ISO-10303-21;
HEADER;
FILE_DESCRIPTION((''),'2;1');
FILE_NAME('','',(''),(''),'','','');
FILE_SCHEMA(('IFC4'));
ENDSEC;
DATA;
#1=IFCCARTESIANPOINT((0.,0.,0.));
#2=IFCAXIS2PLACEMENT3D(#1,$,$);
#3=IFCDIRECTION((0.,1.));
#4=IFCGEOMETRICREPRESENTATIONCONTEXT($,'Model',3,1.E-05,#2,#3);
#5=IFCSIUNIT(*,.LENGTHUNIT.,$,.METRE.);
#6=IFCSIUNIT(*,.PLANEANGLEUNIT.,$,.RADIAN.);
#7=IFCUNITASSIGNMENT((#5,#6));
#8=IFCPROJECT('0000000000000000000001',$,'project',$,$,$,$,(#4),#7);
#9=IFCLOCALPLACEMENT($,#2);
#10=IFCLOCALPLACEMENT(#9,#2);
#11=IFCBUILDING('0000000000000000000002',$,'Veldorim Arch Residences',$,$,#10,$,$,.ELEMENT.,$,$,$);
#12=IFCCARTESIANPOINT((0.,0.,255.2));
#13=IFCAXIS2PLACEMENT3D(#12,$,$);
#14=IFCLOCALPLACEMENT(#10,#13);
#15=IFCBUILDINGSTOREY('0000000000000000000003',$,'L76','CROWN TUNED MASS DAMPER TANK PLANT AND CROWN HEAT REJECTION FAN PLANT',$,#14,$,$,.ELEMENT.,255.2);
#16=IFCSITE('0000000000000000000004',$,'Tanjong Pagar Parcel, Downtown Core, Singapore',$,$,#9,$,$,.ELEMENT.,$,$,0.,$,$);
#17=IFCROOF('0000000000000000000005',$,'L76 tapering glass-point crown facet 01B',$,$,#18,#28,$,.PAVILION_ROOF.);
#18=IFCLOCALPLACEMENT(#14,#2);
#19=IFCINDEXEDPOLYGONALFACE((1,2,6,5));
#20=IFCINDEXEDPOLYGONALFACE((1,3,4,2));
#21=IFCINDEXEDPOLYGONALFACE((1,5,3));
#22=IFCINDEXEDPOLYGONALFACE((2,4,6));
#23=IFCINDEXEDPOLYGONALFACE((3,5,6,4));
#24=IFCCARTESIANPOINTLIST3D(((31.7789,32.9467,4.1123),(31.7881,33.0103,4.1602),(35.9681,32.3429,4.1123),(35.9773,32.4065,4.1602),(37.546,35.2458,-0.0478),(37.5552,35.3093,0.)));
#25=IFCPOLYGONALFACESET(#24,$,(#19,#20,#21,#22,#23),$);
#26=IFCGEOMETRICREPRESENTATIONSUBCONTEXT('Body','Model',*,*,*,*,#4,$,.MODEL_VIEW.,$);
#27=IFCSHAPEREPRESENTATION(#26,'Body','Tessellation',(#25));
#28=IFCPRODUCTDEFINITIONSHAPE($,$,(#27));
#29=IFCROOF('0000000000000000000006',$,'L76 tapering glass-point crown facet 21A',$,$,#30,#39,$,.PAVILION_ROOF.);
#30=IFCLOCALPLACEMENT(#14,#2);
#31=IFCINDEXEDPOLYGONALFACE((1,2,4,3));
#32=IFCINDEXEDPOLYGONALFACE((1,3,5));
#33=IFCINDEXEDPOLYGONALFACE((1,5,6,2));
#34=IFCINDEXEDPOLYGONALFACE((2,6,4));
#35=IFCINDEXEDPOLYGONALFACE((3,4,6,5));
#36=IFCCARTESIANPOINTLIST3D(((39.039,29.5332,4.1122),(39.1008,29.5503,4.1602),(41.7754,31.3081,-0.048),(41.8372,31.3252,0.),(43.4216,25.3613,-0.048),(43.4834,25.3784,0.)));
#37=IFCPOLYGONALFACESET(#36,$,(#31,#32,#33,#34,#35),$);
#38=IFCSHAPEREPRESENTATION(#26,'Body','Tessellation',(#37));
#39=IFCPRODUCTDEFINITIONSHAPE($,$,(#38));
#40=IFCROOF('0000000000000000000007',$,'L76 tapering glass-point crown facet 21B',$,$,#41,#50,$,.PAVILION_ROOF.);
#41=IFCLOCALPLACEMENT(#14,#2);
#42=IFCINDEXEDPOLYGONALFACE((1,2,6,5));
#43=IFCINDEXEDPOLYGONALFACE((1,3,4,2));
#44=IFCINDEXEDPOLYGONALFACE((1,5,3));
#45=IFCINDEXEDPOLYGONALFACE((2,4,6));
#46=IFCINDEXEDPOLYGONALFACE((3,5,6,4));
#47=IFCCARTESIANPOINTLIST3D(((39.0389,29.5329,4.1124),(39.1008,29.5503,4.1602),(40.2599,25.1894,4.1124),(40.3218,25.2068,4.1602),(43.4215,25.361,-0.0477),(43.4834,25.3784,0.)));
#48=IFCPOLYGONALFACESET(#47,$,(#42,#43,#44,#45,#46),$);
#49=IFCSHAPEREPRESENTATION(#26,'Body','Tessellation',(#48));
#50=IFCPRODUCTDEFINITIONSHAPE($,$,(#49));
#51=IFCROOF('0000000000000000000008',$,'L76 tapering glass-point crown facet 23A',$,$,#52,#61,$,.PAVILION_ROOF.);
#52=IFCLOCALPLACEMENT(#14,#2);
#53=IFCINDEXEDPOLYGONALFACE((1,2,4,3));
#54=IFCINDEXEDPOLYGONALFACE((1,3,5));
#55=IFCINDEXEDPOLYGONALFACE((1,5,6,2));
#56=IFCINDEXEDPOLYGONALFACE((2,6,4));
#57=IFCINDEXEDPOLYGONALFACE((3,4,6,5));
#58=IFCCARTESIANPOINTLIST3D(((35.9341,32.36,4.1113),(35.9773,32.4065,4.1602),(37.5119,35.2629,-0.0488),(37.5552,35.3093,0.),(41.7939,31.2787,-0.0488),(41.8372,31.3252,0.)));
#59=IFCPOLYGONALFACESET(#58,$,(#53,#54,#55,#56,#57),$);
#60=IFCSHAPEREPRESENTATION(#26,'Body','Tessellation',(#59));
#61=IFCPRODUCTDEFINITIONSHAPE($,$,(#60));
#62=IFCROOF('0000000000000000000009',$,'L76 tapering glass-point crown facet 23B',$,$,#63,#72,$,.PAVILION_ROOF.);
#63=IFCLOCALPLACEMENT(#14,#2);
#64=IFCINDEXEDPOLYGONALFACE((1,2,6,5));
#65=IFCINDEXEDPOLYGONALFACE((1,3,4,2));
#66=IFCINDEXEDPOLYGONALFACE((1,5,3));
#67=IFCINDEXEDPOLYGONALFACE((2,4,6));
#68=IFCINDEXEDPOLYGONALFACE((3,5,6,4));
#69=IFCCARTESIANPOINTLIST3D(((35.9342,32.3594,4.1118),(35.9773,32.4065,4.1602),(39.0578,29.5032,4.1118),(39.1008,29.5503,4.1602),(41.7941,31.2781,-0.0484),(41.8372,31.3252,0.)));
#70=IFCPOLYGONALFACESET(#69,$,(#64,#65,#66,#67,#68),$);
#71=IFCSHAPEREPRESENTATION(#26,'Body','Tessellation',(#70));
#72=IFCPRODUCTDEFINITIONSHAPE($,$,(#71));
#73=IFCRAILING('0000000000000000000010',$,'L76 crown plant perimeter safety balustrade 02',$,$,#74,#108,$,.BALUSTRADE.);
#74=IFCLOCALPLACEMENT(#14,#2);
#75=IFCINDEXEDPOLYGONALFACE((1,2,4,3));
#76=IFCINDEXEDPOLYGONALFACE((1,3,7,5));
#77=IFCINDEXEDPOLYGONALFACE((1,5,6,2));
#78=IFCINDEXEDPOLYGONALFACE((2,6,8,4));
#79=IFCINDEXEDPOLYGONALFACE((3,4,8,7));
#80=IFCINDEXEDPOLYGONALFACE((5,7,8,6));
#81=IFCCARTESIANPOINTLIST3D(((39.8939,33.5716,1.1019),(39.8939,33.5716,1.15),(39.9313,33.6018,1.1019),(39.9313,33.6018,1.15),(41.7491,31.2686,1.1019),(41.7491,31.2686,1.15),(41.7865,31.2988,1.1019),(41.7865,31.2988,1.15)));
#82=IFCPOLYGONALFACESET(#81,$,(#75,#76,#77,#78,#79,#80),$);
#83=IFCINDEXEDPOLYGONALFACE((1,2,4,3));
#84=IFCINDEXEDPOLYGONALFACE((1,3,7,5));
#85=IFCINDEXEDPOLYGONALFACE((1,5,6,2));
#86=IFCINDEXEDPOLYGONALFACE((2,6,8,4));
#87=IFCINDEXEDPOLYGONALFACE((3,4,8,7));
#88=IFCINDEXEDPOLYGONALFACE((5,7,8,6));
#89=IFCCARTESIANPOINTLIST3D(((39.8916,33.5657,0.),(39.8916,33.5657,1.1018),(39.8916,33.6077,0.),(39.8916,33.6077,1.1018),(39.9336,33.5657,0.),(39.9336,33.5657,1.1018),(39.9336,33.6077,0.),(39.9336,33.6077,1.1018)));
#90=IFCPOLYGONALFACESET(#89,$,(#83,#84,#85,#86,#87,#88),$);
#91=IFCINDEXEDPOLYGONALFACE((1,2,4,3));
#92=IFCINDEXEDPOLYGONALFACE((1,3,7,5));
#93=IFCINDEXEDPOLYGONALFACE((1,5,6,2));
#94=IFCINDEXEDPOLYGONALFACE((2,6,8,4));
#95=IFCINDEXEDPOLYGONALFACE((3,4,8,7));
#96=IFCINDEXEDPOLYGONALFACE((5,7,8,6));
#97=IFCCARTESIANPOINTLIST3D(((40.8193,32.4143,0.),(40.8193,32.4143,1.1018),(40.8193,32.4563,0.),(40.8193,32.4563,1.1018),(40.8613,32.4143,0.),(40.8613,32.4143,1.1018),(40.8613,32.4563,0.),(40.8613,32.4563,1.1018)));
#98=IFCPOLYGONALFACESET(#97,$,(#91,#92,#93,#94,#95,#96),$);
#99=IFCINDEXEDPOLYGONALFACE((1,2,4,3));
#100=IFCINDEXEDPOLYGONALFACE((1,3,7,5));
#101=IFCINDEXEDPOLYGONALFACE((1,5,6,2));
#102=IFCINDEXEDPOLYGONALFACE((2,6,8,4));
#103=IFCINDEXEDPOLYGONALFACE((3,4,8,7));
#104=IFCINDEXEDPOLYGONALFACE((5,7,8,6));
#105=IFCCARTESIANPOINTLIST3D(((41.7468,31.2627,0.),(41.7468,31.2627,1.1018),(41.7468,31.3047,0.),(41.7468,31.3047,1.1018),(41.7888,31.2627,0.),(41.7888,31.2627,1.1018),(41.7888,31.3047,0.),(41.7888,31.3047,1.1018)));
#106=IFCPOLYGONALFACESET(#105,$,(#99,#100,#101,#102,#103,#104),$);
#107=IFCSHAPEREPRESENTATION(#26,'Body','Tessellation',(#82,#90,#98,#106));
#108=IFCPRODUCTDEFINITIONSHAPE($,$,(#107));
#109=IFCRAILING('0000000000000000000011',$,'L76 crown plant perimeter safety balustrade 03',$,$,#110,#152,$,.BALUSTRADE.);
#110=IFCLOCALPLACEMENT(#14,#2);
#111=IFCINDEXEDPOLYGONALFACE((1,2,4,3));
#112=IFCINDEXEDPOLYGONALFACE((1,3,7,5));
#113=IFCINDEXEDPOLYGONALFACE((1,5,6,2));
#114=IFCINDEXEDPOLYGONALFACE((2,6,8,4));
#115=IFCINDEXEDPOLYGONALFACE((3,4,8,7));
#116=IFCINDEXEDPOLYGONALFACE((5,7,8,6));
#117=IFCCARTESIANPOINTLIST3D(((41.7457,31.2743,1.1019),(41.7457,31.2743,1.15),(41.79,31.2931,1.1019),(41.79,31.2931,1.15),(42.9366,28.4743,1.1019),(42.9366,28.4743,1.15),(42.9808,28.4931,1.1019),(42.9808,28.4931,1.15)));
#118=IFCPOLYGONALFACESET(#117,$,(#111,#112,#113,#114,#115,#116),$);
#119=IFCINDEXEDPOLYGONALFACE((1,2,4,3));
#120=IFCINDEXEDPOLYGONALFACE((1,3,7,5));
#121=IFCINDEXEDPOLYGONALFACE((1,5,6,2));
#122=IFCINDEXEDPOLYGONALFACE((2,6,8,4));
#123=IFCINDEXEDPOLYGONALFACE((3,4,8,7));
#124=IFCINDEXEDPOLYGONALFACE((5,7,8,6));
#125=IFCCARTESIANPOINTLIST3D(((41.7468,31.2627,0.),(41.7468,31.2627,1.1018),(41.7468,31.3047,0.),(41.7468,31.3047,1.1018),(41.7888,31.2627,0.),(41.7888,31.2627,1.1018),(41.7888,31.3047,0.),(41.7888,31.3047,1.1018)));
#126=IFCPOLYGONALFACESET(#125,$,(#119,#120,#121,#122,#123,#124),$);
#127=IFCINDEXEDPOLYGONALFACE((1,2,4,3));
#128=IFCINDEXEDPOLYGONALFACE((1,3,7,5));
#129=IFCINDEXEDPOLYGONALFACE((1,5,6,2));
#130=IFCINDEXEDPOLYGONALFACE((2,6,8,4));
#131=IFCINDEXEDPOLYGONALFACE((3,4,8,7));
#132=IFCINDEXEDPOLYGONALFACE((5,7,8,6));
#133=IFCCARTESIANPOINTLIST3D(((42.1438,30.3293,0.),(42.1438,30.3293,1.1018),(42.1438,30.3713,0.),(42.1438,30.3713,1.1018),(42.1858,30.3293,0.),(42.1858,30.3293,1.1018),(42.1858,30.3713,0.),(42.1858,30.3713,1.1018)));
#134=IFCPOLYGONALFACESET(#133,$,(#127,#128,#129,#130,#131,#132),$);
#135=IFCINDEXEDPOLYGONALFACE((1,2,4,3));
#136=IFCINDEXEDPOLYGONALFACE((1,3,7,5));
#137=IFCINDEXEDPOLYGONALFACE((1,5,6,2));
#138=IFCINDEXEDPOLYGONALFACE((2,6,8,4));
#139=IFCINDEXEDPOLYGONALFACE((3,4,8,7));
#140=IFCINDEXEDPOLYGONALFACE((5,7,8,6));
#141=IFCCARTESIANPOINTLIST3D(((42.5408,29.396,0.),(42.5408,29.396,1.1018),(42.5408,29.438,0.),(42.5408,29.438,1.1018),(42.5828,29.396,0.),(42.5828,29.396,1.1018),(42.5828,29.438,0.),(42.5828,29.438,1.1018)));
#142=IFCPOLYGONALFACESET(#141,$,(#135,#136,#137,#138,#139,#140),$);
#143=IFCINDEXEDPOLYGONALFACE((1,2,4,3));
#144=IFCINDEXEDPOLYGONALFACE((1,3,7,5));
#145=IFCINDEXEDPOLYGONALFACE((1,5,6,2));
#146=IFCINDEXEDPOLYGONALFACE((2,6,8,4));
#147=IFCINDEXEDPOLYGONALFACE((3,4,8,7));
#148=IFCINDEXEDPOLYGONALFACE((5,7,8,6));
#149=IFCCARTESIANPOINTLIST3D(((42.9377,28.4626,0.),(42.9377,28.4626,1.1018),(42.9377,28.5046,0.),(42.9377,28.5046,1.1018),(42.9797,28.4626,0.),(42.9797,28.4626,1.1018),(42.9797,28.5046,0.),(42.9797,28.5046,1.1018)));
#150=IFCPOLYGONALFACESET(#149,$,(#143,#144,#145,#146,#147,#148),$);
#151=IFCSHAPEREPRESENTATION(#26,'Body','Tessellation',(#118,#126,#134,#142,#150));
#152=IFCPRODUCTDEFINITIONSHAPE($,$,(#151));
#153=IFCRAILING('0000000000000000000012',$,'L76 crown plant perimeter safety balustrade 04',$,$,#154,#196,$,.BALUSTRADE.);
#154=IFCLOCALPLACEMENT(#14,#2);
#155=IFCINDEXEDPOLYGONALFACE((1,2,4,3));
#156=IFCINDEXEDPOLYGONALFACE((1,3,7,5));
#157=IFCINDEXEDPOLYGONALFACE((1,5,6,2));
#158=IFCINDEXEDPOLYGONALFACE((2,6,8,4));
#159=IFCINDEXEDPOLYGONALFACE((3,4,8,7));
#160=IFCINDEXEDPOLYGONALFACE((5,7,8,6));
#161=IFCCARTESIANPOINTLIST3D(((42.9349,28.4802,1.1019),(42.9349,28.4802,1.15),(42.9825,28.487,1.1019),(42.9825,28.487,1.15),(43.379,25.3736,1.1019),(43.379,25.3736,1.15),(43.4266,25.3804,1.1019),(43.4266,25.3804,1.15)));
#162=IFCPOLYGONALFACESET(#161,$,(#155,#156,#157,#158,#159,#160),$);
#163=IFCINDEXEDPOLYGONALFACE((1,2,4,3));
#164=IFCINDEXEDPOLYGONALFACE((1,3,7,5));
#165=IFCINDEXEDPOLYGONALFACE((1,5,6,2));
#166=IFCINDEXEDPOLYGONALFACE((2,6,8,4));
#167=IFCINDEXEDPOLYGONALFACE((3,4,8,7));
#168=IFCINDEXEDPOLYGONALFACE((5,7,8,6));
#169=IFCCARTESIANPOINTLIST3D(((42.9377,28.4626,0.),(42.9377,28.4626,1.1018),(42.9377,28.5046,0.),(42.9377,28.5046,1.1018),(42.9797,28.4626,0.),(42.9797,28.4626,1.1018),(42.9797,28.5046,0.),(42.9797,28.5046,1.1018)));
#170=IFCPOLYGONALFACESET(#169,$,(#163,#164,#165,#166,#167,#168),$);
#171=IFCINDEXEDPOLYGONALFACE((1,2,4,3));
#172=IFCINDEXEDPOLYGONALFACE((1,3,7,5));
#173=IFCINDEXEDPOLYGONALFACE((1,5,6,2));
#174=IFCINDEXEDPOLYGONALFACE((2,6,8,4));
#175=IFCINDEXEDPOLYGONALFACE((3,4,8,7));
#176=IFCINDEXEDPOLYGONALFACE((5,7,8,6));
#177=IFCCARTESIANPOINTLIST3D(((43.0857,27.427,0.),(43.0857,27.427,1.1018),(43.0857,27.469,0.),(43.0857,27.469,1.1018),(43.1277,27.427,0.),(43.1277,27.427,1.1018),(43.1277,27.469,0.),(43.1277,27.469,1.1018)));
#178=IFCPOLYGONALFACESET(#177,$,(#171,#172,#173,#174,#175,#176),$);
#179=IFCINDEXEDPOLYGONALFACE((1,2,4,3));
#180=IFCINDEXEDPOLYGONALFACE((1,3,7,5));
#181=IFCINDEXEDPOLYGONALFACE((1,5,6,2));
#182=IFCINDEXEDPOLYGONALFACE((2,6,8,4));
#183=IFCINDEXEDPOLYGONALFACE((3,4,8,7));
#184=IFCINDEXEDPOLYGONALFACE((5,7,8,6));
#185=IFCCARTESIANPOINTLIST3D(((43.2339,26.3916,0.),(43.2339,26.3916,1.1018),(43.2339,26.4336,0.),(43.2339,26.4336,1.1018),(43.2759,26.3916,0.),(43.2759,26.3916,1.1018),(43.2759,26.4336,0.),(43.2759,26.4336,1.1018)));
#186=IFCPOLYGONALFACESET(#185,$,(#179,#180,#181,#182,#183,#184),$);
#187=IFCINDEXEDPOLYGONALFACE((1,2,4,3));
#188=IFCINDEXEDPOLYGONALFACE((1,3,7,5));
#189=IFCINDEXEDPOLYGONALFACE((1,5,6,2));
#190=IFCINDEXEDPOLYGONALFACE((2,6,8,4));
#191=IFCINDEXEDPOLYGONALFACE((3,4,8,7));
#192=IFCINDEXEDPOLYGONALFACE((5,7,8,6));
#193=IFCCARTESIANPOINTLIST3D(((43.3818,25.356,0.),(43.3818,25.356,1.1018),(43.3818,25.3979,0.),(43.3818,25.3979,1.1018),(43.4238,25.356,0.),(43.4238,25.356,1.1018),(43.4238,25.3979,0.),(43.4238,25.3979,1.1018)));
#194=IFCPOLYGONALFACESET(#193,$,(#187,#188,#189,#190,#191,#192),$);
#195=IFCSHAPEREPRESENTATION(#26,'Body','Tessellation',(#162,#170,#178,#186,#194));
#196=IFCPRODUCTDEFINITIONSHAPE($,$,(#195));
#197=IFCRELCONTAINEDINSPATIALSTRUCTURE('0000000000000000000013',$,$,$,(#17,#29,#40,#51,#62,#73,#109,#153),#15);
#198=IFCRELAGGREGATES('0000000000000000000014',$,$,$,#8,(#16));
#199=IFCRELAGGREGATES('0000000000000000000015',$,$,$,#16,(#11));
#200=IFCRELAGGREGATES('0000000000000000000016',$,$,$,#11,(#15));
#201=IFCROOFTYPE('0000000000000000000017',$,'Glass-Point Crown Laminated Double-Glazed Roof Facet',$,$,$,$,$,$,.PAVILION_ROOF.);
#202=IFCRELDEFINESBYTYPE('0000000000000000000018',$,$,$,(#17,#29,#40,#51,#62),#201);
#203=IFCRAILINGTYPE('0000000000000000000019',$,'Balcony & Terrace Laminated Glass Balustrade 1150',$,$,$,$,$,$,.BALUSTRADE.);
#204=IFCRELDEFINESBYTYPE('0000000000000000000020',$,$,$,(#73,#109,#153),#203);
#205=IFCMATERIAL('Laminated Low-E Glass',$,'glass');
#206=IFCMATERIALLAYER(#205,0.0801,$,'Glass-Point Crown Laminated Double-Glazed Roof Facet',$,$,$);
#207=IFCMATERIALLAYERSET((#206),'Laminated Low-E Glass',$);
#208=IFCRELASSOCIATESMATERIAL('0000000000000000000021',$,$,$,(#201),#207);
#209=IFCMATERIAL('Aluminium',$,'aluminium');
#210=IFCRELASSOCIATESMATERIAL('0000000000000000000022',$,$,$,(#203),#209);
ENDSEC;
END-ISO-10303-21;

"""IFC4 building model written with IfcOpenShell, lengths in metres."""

from ifc_helpers import new_model, si_unit, direction, frame, origin, origin_2d, place, context, subcontext, project, spatial, polyline, rectangle, outline, extrude, material, layer, layer_set, type_object, element, save


model = new_model("IFC4")

# Units and contexts
model_context = context("Model", 3, precision=1e-05, world=origin(), true_north=direction((0.0, 1.0)))
body_context = subcontext(model_context, "Body", "Model", "MODEL_VIEW")
ifc_project = project(units=[si_unit("LENGTHUNIT", "METRE"), si_unit("PLANEANGLEUNIT", "RADIAN")], contexts=[model_context])

# Site, building, storey
site_placement = place(None, origin())
site = spatial("IfcSite", under=ifc_project, at=site_placement, Name="Tanjong Pagar Parcel, Downtown Core, Singapore", CompositionType="ELEMENT", RefElevation=0.0)
building_placement = place(site_placement, origin())
building = spatial("IfcBuilding", under=site, at=building_placement, Name="Veldorim Arch Residences", CompositionType="ELEMENT")
storey_placement = place(building_placement, frame((0.0, 0.0, 255.2)))
storey = spatial("IfcBuildingStorey", under=building, at=storey_placement, Name="L76", Description="CROWN TUNED MASS DAMPER TANK PLANT AND CROWN HEAT REJECTION FAN PLANT", CompositionType="ELEMENT", Elevation=255.2)

# Roofs
ifc_material_1 = material(Name="Laminated Low-E Glass", Category="glass")
ifc_layer_1 = layer(ifc_material_1, 0.0801, Name="Glass-Point Crown Laminated Double-Glazed Roof Facet")
ifc_layer_set_1 = layer_set([ifc_layer_1], Name="Laminated Low-E Glass")
roof_type = type_object("IfcRoofType", Name="Glass-Point Crown Laminated Double-Glazed Roof Facet", PredefinedType="PAVILION_ROOF", material=ifc_layer_set_1)
roof_1_placement = place(storey_placement, frame((37.5552, 35.3093, 0.0), z_axis=(0.114407, 0.793819, 0.597296), x_axis=(-0.77168, -0.307633, 0.556661)))
element("IfcRoof", 1, at=roof_1_placement, inside=storey, type_object=roof_type, Name="L76 tapering glass-point crown facet 01B", PredefinedType="PAVILION_ROOF", context=body_context, shape_type="SweptSolid", body=[
    extrude(outline(polyline([(0.0, 0.0), (7.4734, 0.0), (4.4264, 2.9377), (0.0, 0.0)])), origin(), (0.0, 0.0, -1.0), 0.0801),
])
roof_2_placement = place(storey_placement, frame((43.4834, 25.3784, 0.0), z_axis=(0.771842, 0.213668, 0.598837), x_axis=(-0.266795, 0.963753, 0.0)))
element("IfcRoof", 2, at=roof_2_placement, inside=storey, type_object=roof_type, Name="L76 tapering glass-point crown facet 21A", PredefinedType="PAVILION_ROOF", context=body_context, shape_type="SweptSolid", body=[
    extrude(outline(polyline([(0.0, 0.0), (6.1704, 0.0), (5.1899, 5.1945), (0.0, 0.0)])), origin(), (0.0, 0.0, -1.0), 0.0801),
])
roof_3_placement = place(storey_placement, frame((43.4834, 25.3784, 0.0), z_axis=(0.772819, 0.217237, 0.596287), x_axis=(-0.596843, 0.56815, 0.566554)))
element("IfcRoof", 3, at=roof_3_placement, inside=storey, type_object=roof_type, Name="L76 tapering glass-point crown facet 21B", PredefinedType="PAVILION_ROOF", context=body_context, shape_type="SweptSolid", body=[
    extrude(outline(polyline([(0.0, 0.0), (7.3429, 0.0), (4.1464, 3.1842), (0.0, 0.0)])), origin(), (0.0, 0.0, -1.0), 0.0801),
])
roof_4_placement = place(storey_placement, frame((41.8372, 31.3252, 0.0), z_axis=(0.53993, 0.580295, 0.609699), x_axis=(-0.732111, 0.681186, 0.0)))
element("IfcRoof", 4, at=roof_4_placement, inside=storey, type_object=roof_type, Name="L76 tapering glass-point crown facet 23A", PredefinedType="PAVILION_ROOF", context=body_context, shape_type="SweptSolid", body=[
    extrude(outline(polyline([(0.0, 0.0), (5.8488, 0.0), (5.0266, 5.2485), (0.0, 0.0)])), origin(), (0.0, 0.0, -1.0), 0.0801),
])
roof_5_placement = place(storey_placement, frame((41.8372, 31.3252, 0.0), z_axis=(0.537599, 0.587917, 0.604435), x_axis=(-0.806329, 0.148789, 0.572446)))
element("IfcRoof", 5, at=roof_5_placement, inside=storey, type_object=roof_type, Name="L76 tapering glass-point crown facet 23B", PredefinedType="PAVILION_ROOF", context=body_context, shape_type="SweptSolid", body=[
    extrude(outline(polyline([(0.0, 0.0), (7.2673, 0.0), (4.3238, 3.0413), (0.0, 0.0)])), origin(), (0.0, 0.0, -1.0), 0.0801),
])

# Railings
ifc_material_2 = material(Name="Aluminium", Category="aluminium")
railing_type = type_object("IfcRailingType", Name="Balcony & Terrace Laminated Glass Balustrade 1150", PredefinedType="BALUSTRADE", material=ifc_material_2)
railing_1_placement = place(storey_placement, frame((39.9126, 33.5867, 0.0)))
element("IfcRailing", 6, at=railing_1_placement, inside=storey, type_object=railing_type, Name="L76 crown plant perimeter safety balustrade 02", PredefinedType="BALUSTRADE", context=body_context, shape_type="SweptSolid", body=[
    extrude(rectangle(XDim=0.0481, YDim=0.0481, at=origin_2d()), frame((0.0, 0.0, 1.126), z_axis=(0.627339, -0.778746, 0.0), x_axis=(0.778746, 0.627339, 0.0)), (0.0, 0.0, 1.0), 2.9573),
    extrude(rectangle(XDim=0.042, YDim=0.042, at=origin_2d()), origin(), (0.0, 0.0, 1.0), 1.1018),
    extrude(rectangle(XDim=0.042, YDim=0.042, at=origin_2d()), frame((0.9277, -1.1514, 0.0)), (0.0, 0.0, 1.0), 1.1018),
    extrude(rectangle(XDim=0.042, YDim=0.042, at=origin_2d()), frame((1.8552, -2.303, 0.0)), (0.0, 0.0, 1.0), 1.1018),
])
railing_2_placement = place(storey_placement, frame((41.7678, 31.2837, 0.0)))
element("IfcRailing", 7, at=railing_2_placement, inside=storey, type_object=railing_type, Name="L76 crown plant perimeter safety balustrade 03", PredefinedType="BALUSTRADE", context=body_context, shape_type="SweptSolid", body=[
    extrude(rectangle(XDim=0.0481, YDim=0.0481, at=origin_2d()), frame((0.0, 0.0, 1.126), z_axis=(0.39139, -0.920225, 0.0), x_axis=(0.920225, 0.39139, 0.0)), (0.0, 0.0, 1.0), 3.0427),
    extrude(rectangle(XDim=0.042, YDim=0.042, at=origin_2d()), origin(), (0.0, 0.0, 1.0), 1.1018),
    extrude(rectangle(XDim=0.042, YDim=0.042, at=origin_2d()), frame((0.397, -0.9333, 0.0)), (0.0, 0.0, 1.0), 1.1018),
    extrude(rectangle(XDim=0.042, YDim=0.042, at=origin_2d()), frame((0.7939, -1.8667, 0.0)), (0.0, 0.0, 1.0), 1.1018),
    extrude(rectangle(XDim=0.042, YDim=0.042, at=origin_2d()), frame((1.1909, -2.8, 0.0)), (0.0, 0.0, 1.0), 1.1018),
])
railing_3_placement = place(storey_placement, frame((42.9587, 28.4836, 0.0)))
element("IfcRailing", 8, at=railing_3_placement, inside=storey, type_object=railing_type, Name="L76 crown plant perimeter safety balustrade 04", PredefinedType="BALUSTRADE", context=body_context, shape_type="SweptSolid", body=[
    extrude(rectangle(XDim=0.0481, YDim=0.0481, at=origin_2d()), frame((0.0, 0.0, 1.126), z_axis=(0.141508, -0.989937, 0.0), x_axis=(0.989937, 0.141508, 0.0)), (0.0, 0.0, 1.0), 3.1382),
    extrude(rectangle(XDim=0.042, YDim=0.042, at=origin_2d()), origin(), (0.0, 0.0, 1.0), 1.1018),
    extrude(rectangle(XDim=0.042, YDim=0.042, at=origin_2d()), frame((0.1479, -1.0356, 0.0)), (0.0, 0.0, 1.0), 1.1018),
    extrude(rectangle(XDim=0.042, YDim=0.042, at=origin_2d()), frame((0.2961, -2.071, 0.0)), (0.0, 0.0, 1.0), 1.1018),
    extrude(rectangle(XDim=0.042, YDim=0.042, at=origin_2d()), frame((0.4441, -3.1067, 0.0)), (0.0, 0.0, 1.0), 1.1018),
])

save(model, "model.ifc")
